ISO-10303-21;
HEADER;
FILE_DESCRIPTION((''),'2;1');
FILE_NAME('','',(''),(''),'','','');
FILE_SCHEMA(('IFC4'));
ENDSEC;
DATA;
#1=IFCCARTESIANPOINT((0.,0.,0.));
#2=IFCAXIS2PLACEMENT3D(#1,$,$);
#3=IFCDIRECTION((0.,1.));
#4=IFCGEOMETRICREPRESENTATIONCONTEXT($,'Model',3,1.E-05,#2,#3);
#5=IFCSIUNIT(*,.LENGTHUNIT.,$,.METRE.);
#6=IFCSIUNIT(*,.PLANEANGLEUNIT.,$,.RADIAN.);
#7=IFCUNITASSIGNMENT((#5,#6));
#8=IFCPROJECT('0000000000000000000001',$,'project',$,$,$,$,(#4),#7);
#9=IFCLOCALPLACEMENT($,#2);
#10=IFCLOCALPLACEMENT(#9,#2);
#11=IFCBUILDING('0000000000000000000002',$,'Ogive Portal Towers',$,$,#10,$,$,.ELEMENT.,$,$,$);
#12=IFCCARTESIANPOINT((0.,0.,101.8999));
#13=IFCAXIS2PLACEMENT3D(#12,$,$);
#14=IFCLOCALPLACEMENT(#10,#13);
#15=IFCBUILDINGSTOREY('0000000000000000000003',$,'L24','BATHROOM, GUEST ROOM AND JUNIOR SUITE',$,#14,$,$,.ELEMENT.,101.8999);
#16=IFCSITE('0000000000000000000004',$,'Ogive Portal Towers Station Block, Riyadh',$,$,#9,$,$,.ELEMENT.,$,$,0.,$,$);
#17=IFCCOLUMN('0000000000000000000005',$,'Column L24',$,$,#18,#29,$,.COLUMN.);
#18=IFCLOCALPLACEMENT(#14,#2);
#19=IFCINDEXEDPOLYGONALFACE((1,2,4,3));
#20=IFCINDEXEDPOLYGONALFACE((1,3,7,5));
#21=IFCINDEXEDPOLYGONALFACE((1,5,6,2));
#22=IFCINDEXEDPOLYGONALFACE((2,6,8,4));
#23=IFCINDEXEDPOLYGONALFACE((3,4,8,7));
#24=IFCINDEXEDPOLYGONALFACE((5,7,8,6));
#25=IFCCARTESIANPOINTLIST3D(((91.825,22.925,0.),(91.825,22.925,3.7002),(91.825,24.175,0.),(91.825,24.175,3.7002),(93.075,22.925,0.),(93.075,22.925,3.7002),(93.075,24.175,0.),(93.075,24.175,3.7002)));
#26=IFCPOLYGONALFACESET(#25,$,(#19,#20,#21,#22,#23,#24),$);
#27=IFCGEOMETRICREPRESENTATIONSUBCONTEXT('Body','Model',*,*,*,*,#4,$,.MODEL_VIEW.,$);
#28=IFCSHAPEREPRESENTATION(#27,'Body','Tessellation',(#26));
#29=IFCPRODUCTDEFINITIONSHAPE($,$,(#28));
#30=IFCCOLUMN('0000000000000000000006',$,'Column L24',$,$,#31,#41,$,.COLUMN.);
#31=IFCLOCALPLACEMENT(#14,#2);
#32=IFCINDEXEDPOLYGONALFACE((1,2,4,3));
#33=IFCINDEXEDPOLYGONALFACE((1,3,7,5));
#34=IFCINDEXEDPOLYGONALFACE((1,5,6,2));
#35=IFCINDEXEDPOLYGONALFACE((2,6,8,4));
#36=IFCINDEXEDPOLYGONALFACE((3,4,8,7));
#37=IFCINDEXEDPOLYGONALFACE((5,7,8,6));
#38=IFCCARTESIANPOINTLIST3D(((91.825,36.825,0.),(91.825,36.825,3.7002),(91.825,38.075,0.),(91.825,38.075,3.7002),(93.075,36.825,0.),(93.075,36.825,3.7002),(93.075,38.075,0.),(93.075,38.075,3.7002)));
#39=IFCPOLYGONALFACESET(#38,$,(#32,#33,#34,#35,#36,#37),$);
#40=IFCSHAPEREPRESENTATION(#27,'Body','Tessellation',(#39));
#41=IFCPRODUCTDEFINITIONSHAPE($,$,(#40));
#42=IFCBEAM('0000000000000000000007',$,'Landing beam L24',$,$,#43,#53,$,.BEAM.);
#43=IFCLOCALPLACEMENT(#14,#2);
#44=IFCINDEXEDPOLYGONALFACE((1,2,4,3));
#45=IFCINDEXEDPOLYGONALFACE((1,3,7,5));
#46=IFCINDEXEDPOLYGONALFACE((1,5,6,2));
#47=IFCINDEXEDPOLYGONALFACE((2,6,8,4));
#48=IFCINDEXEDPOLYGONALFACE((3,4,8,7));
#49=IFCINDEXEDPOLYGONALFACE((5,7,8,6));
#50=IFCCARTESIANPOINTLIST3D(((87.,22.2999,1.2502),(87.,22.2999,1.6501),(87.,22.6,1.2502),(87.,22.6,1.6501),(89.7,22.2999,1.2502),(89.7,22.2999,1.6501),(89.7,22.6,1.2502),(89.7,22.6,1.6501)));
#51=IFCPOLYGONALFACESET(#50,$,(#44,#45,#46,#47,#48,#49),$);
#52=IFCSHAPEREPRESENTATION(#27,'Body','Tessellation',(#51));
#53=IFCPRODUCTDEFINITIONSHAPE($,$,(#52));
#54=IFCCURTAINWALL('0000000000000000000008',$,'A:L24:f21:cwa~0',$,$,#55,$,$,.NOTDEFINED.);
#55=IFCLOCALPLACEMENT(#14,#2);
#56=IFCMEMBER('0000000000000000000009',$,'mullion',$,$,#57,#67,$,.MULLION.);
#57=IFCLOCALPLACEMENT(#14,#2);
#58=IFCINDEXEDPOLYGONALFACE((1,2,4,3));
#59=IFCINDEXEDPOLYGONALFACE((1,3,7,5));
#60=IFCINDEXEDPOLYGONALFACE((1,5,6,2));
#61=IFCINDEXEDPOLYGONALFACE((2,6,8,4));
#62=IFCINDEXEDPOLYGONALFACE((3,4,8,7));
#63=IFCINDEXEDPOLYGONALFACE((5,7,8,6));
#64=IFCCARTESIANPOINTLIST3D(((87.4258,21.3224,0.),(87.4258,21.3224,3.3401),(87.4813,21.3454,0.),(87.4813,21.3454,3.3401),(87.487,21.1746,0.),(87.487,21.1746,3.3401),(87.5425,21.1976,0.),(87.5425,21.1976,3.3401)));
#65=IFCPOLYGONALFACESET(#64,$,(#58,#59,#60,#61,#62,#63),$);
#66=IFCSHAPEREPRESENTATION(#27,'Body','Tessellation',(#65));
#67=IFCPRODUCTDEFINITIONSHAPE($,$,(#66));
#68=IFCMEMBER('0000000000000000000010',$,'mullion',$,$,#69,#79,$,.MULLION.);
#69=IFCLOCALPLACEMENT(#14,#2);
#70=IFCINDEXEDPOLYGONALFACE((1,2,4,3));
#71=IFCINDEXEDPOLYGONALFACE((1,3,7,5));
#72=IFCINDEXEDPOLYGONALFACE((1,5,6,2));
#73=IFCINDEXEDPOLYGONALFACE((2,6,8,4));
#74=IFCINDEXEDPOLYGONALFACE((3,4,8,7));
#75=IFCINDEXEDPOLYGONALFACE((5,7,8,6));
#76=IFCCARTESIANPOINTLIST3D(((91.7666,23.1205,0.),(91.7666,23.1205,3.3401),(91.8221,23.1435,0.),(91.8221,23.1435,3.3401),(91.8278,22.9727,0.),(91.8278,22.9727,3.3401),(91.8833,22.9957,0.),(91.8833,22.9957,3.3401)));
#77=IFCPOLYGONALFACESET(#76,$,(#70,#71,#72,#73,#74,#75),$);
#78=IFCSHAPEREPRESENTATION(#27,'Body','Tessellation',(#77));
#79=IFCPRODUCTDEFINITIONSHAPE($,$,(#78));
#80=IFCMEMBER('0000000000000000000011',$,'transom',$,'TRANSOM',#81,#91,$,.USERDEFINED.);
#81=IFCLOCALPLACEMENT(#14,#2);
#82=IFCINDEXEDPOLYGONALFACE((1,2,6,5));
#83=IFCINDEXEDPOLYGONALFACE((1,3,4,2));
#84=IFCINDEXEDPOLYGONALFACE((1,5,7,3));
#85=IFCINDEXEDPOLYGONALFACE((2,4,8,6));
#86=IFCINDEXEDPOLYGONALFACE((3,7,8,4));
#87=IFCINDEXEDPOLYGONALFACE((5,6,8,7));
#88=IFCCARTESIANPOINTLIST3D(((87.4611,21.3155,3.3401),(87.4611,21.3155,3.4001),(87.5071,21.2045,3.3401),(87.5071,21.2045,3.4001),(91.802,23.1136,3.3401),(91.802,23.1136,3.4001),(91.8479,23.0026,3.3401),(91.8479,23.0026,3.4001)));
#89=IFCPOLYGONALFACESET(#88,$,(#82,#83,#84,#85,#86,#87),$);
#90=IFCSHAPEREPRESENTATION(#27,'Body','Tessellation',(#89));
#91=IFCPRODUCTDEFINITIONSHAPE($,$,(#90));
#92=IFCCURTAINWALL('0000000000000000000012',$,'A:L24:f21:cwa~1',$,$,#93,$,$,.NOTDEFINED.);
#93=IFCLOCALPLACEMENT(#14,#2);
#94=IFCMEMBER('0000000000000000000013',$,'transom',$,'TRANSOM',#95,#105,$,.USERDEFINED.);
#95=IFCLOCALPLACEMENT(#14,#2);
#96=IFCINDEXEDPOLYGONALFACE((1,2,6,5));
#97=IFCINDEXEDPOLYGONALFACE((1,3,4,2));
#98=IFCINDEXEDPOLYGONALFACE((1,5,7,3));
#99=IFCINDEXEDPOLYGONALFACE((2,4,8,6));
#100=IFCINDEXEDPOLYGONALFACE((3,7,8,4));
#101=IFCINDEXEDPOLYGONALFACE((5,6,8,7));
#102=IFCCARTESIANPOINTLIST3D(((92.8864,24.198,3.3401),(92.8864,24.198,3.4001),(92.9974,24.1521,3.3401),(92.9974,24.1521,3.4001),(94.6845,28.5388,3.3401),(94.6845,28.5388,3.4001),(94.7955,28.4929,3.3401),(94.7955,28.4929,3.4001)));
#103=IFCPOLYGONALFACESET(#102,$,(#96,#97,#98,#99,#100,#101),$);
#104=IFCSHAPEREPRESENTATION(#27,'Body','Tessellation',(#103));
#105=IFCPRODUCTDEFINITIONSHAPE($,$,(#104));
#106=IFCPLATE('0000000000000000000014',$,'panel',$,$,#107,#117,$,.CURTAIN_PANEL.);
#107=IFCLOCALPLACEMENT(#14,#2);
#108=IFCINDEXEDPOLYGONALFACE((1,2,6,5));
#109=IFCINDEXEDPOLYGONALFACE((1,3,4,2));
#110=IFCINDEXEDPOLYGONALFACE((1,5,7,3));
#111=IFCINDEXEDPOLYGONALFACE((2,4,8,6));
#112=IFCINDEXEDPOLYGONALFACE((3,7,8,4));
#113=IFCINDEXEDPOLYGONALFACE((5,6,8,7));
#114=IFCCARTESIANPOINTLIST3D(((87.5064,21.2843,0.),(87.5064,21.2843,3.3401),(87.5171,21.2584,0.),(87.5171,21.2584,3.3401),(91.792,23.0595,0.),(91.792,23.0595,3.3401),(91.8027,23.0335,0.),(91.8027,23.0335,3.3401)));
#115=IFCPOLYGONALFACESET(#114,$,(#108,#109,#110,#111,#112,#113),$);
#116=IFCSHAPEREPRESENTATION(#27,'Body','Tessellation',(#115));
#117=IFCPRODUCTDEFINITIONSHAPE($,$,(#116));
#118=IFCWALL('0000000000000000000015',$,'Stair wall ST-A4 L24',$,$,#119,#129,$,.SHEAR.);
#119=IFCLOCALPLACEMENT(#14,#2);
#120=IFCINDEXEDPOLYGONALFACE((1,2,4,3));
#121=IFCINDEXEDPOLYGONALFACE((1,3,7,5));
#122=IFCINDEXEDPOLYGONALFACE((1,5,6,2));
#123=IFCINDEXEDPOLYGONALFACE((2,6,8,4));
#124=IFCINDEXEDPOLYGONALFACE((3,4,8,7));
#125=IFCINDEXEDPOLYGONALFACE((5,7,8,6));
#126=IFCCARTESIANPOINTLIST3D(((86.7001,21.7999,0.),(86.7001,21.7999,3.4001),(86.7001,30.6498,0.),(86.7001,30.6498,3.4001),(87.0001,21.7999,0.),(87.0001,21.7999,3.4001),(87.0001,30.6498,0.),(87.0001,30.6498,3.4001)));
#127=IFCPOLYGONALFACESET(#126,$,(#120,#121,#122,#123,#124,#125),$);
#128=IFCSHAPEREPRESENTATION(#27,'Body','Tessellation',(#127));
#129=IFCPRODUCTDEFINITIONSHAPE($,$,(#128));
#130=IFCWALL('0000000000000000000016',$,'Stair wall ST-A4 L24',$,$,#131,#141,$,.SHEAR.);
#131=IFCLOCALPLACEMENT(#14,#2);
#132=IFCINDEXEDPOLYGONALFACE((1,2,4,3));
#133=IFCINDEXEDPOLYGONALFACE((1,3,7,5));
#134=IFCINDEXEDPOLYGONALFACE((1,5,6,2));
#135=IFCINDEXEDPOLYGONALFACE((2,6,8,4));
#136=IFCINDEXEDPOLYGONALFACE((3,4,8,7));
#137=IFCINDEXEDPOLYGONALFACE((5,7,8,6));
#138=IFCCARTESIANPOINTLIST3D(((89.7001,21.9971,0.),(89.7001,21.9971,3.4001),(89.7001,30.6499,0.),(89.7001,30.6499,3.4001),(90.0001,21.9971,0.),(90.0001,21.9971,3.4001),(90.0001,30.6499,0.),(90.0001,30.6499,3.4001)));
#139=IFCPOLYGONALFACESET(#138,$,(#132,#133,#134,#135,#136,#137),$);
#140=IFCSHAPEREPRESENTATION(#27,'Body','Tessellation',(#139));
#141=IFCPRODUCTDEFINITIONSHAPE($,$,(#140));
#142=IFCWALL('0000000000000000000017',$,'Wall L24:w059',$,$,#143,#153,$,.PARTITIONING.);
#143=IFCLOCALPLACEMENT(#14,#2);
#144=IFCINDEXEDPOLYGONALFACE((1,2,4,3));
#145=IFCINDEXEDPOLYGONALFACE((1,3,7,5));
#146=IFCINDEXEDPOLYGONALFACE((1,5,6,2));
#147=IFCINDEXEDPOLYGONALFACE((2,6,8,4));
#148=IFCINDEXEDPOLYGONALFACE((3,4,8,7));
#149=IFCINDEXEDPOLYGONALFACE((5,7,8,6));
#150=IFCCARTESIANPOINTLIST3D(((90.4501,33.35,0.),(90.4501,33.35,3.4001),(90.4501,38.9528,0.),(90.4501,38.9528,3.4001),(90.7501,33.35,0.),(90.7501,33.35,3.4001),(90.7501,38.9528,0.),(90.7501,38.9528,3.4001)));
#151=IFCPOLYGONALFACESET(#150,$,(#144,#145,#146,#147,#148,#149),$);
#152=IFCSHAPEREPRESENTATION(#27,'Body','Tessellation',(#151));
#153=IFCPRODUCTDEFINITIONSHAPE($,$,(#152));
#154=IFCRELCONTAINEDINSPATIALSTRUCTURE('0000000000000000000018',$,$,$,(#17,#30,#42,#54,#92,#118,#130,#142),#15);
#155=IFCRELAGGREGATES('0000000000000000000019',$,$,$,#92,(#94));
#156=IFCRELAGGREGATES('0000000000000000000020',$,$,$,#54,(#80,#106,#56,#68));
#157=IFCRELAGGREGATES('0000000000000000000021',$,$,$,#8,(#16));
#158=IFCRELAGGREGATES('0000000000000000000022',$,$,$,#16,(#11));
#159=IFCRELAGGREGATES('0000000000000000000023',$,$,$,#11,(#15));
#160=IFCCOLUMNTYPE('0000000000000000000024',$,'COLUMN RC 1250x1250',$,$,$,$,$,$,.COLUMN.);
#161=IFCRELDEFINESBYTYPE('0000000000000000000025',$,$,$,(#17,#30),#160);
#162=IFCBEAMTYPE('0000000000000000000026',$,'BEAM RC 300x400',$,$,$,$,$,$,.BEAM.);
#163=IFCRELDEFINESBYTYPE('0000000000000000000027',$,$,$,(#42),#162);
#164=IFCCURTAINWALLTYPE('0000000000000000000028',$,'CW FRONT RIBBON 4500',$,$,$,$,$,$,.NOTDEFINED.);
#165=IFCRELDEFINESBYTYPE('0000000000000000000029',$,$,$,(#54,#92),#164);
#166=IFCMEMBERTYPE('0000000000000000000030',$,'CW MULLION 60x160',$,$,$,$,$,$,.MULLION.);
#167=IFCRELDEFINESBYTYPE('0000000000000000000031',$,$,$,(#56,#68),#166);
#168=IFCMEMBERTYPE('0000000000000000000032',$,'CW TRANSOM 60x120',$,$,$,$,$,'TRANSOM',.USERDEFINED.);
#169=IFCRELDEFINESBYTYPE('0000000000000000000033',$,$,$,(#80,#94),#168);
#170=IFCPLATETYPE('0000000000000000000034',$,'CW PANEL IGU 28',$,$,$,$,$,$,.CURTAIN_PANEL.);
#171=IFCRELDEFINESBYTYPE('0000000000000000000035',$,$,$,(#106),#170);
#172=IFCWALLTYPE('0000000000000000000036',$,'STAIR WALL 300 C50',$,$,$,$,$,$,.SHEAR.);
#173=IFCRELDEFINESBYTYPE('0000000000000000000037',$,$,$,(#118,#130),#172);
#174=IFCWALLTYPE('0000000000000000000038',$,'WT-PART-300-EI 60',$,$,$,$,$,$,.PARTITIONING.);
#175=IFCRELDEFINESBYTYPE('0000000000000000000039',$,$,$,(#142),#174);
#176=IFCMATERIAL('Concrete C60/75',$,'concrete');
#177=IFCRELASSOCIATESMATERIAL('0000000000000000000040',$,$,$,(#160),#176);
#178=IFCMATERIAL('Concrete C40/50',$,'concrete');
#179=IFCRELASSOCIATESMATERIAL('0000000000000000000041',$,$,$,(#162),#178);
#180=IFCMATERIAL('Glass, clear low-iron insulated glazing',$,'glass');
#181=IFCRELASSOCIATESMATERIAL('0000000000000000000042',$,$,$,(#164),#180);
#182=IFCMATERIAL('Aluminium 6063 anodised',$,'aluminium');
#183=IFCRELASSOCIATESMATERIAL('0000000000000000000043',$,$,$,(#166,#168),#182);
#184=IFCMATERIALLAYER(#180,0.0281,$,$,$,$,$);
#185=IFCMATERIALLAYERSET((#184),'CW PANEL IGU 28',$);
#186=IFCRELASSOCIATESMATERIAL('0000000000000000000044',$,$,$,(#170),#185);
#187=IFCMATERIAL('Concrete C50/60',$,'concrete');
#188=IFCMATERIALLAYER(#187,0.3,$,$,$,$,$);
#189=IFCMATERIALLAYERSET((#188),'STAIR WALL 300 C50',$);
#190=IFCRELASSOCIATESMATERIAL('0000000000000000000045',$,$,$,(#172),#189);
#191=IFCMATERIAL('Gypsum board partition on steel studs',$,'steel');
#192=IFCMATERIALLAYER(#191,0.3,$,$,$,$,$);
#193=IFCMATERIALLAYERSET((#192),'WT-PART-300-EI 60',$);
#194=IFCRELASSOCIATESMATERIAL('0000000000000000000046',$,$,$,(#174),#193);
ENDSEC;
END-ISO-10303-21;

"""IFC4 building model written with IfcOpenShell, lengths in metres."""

from ifc_helpers import new_model, si_unit, direction, frame, frame_2d, origin, origin_2d, place, context, subcontext, project, spatial, rectangle, extrude, material, layer, layer_set, material_profile, profile_set, type_object, element, aggregate, save


model = new_model("IFC4")

# Units and contexts
model_context = context("Model", 3, precision=1e-05, world=origin(), true_north=direction((0.0, 1.0)))
body_context = subcontext(model_context, "Body", "Model", "MODEL_VIEW")
ifc_project = project(units=[si_unit("LENGTHUNIT", "METRE"), si_unit("PLANEANGLEUNIT", "RADIAN")], contexts=[model_context])

# Site, building, storey
site_placement = place(None, origin())
site = spatial("IfcSite", under=ifc_project, at=site_placement, Name="Ogive Portal Towers Station Block, Riyadh", CompositionType="ELEMENT", RefElevation=0.0)
building_placement = place(site_placement, origin())
building = spatial("IfcBuilding", under=site, at=building_placement, Name="Ogive Portal Towers", CompositionType="ELEMENT")
storey_placement = place(building_placement, frame((0.0, 0.0, 101.8999)))
storey = spatial("IfcBuildingStorey", under=building, at=storey_placement, Name="L24", Description="BATHROOM, GUEST ROOM AND JUNIOR SUITE", CompositionType="ELEMENT", Elevation=101.8999)

# Columns
ifc_material_1 = material(Name="Concrete C60/75", Category="concrete")
ifc_material_profile_1 = material_profile(ifc_material_1, rectangle(XDim=1.25, YDim=1.25, at=origin_2d()), Name="RC 1250x1250")
ifc_profile_set_1 = profile_set([ifc_material_profile_1], Name="Concrete C60/75")
column_type = type_object("IfcColumnType", Name="COLUMN RC 1250x1250", PredefinedType="COLUMN", material=ifc_profile_set_1)
for number, where, z_axis, x_axis, name in (
    (1, (92.45, 23.55, 0.0), (0.0, 0.0, 1.0), (1.0, 0.0, 0.0), "Column L24"),
    (2, (92.45, 37.45, 0.0), (0.0, 0.0, 1.0), (1.0, 0.0, 0.0), "Column L24"),
):
    element("IfcColumn", number, at=place(storey_placement, frame(where, z_axis=z_axis, x_axis=x_axis)), inside=storey, type_object=column_type, Name=name, PredefinedType="COLUMN", context=body_context, shape_type="SweptSolid", body=[
        extrude(rectangle(XDim=1.25, YDim=1.25, at=origin_2d()), origin(), (0.0, 0.0, 1.0), 3.7002),
    ])

# Beam
ifc_material_2 = material(Name="Concrete C40/50", Category="concrete")
ifc_material_profile_2 = material_profile(ifc_material_2, rectangle(XDim=0.3, YDim=0.3999, at=origin_2d()), Name="RC 300x400")
ifc_profile_set_2 = profile_set([ifc_material_profile_2], Name="Concrete C40/50")
beam_type = type_object("IfcBeamType", Name="BEAM RC 300x400", PredefinedType="BEAM", material=ifc_profile_set_2)
beam_placement = place(storey_placement, frame((87.0, 22.45, 1.4502), z_axis=(1.0, 0.0, 0.0), x_axis=(0.0, 1.0, 0.0)))
element("IfcBeam", 3, at=beam_placement, inside=storey, type_object=beam_type, Name="Landing beam L24", PredefinedType="BEAM", context=body_context, shape_type="SweptSolid", body=[
    extrude(rectangle(XDim=0.3, YDim=0.3999, at=origin_2d()), origin(), (0.0, 0.0, 1.0), 2.7),
])

# Curtain wall, members
ifc_material_3 = material(Name="Glass, clear low-iron insulated glazing", Category="glass")
curtain_wall_type = type_object("IfcCurtainWallType", Name="CW FRONT RIBBON 4500", PredefinedType="NOTDEFINED", material=ifc_material_3)
curtain_wall_1_placement = place(storey_placement, origin())
curtain_wall_1 = element("IfcCurtainWall", 4, at=curtain_wall_1_placement, inside=storey, type_object=curtain_wall_type, Name="A:L24:f21:cwa~0", PredefinedType="NOTDEFINED")
ifc_material_4 = material(Name="Aluminium 6063 anodised", Category="aluminium")
ifc_material_profile_3 = material_profile(ifc_material_4, rectangle(XDim=0.1599, YDim=0.0601, at=origin_2d()), Name="AL 60x160")
ifc_profile_set_3 = profile_set([ifc_material_profile_3], Name="Aluminium 6063 anodised")
member_type_1 = type_object("IfcMemberType", Name="CW MULLION 60x160", PredefinedType="MULLION", material=ifc_profile_set_3)
member_1_placement = place(storey_placement, frame((87.4841, 21.26, 0.0), z_axis=(0.0, 0.0, 1.0), x_axis=(-0.382683, 0.92388, 0.0)))
member_1 = element("IfcMember", 5, at=member_1_placement, type_object=member_type_1, Name="mullion", PredefinedType="MULLION", context=body_context, shape_type="SweptSolid", body=[
    extrude(rectangle(XDim=0.1599, YDim=0.0601, at=origin_2d()), origin(), (0.0, 0.0, 1.0), 3.3401),
])
member_2_placement = place(storey_placement, frame((91.825, 23.0581, 0.0), z_axis=(0.0, 0.0, 1.0), x_axis=(-0.382683, 0.92388, 0.0)))
member_2 = element("IfcMember", 6, at=member_2_placement, type_object=member_type_1, Name="mullion", PredefinedType="MULLION", context=body_context, shape_type="SweptSolid", body=[
    extrude(rectangle(XDim=0.1599, YDim=0.0601, at=origin_2d()), origin(), (0.0, 0.0, 1.0), 3.3401),
])
ifc_material_profile_4 = material_profile(ifc_material_4, rectangle(XDim=0.1201, YDim=0.0601, at=origin_2d()), Name="AL 120x60")
ifc_profile_set_4 = profile_set([ifc_material_profile_4], Name="Aluminium 6063 anodised")
member_type_2 = type_object("IfcMemberType", Name="CW TRANSOM 60x120", ElementType="TRANSOM", PredefinedType="USERDEFINED", material=ifc_profile_set_4)
member_3_placement = place(storey_placement, frame((87.4841, 21.26, 3.3701), z_axis=(0.923874, 0.382696, 0.0), x_axis=(-0.382696, 0.923874, 0.0)))
member_3 = element("IfcMember", 7, at=member_3_placement, type_object=member_type_2, Name="transom", ObjectType="TRANSOM", PredefinedType="USERDEFINED", context=body_context, shape_type="SweptSolid", body=[
    extrude(rectangle(XDim=0.1201, YDim=0.0601, at=origin_2d()), origin(), (0.0, 0.0, 1.0), 4.6985),
])

# Curtain wall, member
curtain_wall_2_placement = place(storey_placement, origin())
curtain_wall_2 = element("IfcCurtainWall", 8, at=curtain_wall_2_placement, inside=storey, type_object=curtain_wall_type, Name="A:L24:f21:cwa~1", PredefinedType="NOTDEFINED")
member_4_placement = place(storey_placement, frame((92.9419, 24.175, 3.3701), z_axis=(0.382696, 0.923874, 0.0), x_axis=(-0.923874, 0.382696, 0.0)))
member_4 = element("IfcMember", 9, at=member_4_placement, type_object=member_type_2, Name="transom", ObjectType="TRANSOM", PredefinedType="USERDEFINED", context=body_context, shape_type="SweptSolid", body=[
    extrude(rectangle(XDim=0.1201, YDim=0.0601, at=origin_2d()), origin(), (0.0, 0.0, 1.0), 4.6985),
])
aggregate(curtain_wall_2, [member_4])

# Plate
ifc_layer_1 = layer(ifc_material_3, 0.0281)
ifc_layer_set_1 = layer_set([ifc_layer_1], Name="CW PANEL IGU 28")
plate_type = type_object("IfcPlateType", Name="CW PANEL IGU 28", PredefinedType="CURTAIN_PANEL", material=ifc_layer_set_1)
plate_placement = place(storey_placement, frame((89.6545, 22.1589, 0.0), z_axis=(0.0, 0.0, 1.0), x_axis=(0.92388, 0.382683, 0.0)))
plate = element("IfcPlate", 10, at=plate_placement, type_object=plate_type, Name="panel", PredefinedType="CURTAIN_PANEL", context=body_context, shape_type="SweptSolid", body=[
    extrude(rectangle(XDim=4.6387, YDim=0.0281, at=origin_2d()), origin(), (0.0, 0.0, 1.0), 3.3401),
])
aggregate(curtain_wall_1, [member_3, plate, member_1, member_2])

# Walls
ifc_material_5 = material(Name="Concrete C50/60", Category="concrete")
ifc_layer_2 = layer(ifc_material_5, 0.3)
ifc_layer_set_2 = layer_set([ifc_layer_2], Name="STAIR WALL 300 C50")
wall_type_1 = type_object("IfcWallType", Name="STAIR WALL 300 C50", PredefinedType="SHEAR", material=ifc_layer_set_2)
wall_1_placement = place(storey_placement, frame((86.8501, 21.8, 0.0), z_axis=(0.0, 0.0, 1.0), x_axis=(0.0, 1.0, 0.0)))
element("IfcWall", 11, at=wall_1_placement, inside=storey, type_object=wall_type_1, Name="Stair wall ST-A4 L24", PredefinedType="SHEAR", context=body_context, shape_type="SweptSolid", body=[
    extrude(rectangle(XDim=8.8499, YDim=0.3, at=frame_2d((4.4248, 0.0))), origin(), (0.0, 0.0, 1.0), 3.4001),
])
wall_2_placement = place(storey_placement, frame((89.8501, 21.9971, 0.0), z_axis=(0.0, 0.0, 1.0), x_axis=(0.0, 1.0, 0.0)))
element("IfcWall", 12, at=wall_2_placement, inside=storey, type_object=wall_type_1, Name="Stair wall ST-A4 L24", PredefinedType="SHEAR", context=body_context, shape_type="SweptSolid", body=[
    extrude(rectangle(XDim=8.6528, YDim=0.3, at=frame_2d((4.3264, 0.0))), origin(), (0.0, 0.0, 1.0), 3.4001),
])
ifc_material_6 = material(Name="Gypsum board partition on steel studs", Category="steel")
ifc_layer_3 = layer(ifc_material_6, 0.3)
ifc_layer_set_3 = layer_set([ifc_layer_3], Name="WT-PART-300-EI 60")
wall_type_2 = type_object("IfcWallType", Name="WT-PART-300-EI 60", PredefinedType="PARTITIONING", material=ifc_layer_set_3)
wall_3_placement = place(storey_placement, frame((90.6001, 33.3501, 0.0), z_axis=(0.0, 0.0, 1.0), x_axis=(0.0, 1.0, 0.0)))
element("IfcWall", 13, at=wall_3_placement, inside=storey, type_object=wall_type_2, Name="Wall L24:w059", PredefinedType="PARTITIONING", context=body_context, shape_type="SweptSolid", body=[
    extrude(rectangle(XDim=5.6028, YDim=0.3, at=frame_2d((2.8013, 0.0))), origin(), (0.0, 0.0, 1.0), 3.4001),
])

save(model, "model.ifc")
